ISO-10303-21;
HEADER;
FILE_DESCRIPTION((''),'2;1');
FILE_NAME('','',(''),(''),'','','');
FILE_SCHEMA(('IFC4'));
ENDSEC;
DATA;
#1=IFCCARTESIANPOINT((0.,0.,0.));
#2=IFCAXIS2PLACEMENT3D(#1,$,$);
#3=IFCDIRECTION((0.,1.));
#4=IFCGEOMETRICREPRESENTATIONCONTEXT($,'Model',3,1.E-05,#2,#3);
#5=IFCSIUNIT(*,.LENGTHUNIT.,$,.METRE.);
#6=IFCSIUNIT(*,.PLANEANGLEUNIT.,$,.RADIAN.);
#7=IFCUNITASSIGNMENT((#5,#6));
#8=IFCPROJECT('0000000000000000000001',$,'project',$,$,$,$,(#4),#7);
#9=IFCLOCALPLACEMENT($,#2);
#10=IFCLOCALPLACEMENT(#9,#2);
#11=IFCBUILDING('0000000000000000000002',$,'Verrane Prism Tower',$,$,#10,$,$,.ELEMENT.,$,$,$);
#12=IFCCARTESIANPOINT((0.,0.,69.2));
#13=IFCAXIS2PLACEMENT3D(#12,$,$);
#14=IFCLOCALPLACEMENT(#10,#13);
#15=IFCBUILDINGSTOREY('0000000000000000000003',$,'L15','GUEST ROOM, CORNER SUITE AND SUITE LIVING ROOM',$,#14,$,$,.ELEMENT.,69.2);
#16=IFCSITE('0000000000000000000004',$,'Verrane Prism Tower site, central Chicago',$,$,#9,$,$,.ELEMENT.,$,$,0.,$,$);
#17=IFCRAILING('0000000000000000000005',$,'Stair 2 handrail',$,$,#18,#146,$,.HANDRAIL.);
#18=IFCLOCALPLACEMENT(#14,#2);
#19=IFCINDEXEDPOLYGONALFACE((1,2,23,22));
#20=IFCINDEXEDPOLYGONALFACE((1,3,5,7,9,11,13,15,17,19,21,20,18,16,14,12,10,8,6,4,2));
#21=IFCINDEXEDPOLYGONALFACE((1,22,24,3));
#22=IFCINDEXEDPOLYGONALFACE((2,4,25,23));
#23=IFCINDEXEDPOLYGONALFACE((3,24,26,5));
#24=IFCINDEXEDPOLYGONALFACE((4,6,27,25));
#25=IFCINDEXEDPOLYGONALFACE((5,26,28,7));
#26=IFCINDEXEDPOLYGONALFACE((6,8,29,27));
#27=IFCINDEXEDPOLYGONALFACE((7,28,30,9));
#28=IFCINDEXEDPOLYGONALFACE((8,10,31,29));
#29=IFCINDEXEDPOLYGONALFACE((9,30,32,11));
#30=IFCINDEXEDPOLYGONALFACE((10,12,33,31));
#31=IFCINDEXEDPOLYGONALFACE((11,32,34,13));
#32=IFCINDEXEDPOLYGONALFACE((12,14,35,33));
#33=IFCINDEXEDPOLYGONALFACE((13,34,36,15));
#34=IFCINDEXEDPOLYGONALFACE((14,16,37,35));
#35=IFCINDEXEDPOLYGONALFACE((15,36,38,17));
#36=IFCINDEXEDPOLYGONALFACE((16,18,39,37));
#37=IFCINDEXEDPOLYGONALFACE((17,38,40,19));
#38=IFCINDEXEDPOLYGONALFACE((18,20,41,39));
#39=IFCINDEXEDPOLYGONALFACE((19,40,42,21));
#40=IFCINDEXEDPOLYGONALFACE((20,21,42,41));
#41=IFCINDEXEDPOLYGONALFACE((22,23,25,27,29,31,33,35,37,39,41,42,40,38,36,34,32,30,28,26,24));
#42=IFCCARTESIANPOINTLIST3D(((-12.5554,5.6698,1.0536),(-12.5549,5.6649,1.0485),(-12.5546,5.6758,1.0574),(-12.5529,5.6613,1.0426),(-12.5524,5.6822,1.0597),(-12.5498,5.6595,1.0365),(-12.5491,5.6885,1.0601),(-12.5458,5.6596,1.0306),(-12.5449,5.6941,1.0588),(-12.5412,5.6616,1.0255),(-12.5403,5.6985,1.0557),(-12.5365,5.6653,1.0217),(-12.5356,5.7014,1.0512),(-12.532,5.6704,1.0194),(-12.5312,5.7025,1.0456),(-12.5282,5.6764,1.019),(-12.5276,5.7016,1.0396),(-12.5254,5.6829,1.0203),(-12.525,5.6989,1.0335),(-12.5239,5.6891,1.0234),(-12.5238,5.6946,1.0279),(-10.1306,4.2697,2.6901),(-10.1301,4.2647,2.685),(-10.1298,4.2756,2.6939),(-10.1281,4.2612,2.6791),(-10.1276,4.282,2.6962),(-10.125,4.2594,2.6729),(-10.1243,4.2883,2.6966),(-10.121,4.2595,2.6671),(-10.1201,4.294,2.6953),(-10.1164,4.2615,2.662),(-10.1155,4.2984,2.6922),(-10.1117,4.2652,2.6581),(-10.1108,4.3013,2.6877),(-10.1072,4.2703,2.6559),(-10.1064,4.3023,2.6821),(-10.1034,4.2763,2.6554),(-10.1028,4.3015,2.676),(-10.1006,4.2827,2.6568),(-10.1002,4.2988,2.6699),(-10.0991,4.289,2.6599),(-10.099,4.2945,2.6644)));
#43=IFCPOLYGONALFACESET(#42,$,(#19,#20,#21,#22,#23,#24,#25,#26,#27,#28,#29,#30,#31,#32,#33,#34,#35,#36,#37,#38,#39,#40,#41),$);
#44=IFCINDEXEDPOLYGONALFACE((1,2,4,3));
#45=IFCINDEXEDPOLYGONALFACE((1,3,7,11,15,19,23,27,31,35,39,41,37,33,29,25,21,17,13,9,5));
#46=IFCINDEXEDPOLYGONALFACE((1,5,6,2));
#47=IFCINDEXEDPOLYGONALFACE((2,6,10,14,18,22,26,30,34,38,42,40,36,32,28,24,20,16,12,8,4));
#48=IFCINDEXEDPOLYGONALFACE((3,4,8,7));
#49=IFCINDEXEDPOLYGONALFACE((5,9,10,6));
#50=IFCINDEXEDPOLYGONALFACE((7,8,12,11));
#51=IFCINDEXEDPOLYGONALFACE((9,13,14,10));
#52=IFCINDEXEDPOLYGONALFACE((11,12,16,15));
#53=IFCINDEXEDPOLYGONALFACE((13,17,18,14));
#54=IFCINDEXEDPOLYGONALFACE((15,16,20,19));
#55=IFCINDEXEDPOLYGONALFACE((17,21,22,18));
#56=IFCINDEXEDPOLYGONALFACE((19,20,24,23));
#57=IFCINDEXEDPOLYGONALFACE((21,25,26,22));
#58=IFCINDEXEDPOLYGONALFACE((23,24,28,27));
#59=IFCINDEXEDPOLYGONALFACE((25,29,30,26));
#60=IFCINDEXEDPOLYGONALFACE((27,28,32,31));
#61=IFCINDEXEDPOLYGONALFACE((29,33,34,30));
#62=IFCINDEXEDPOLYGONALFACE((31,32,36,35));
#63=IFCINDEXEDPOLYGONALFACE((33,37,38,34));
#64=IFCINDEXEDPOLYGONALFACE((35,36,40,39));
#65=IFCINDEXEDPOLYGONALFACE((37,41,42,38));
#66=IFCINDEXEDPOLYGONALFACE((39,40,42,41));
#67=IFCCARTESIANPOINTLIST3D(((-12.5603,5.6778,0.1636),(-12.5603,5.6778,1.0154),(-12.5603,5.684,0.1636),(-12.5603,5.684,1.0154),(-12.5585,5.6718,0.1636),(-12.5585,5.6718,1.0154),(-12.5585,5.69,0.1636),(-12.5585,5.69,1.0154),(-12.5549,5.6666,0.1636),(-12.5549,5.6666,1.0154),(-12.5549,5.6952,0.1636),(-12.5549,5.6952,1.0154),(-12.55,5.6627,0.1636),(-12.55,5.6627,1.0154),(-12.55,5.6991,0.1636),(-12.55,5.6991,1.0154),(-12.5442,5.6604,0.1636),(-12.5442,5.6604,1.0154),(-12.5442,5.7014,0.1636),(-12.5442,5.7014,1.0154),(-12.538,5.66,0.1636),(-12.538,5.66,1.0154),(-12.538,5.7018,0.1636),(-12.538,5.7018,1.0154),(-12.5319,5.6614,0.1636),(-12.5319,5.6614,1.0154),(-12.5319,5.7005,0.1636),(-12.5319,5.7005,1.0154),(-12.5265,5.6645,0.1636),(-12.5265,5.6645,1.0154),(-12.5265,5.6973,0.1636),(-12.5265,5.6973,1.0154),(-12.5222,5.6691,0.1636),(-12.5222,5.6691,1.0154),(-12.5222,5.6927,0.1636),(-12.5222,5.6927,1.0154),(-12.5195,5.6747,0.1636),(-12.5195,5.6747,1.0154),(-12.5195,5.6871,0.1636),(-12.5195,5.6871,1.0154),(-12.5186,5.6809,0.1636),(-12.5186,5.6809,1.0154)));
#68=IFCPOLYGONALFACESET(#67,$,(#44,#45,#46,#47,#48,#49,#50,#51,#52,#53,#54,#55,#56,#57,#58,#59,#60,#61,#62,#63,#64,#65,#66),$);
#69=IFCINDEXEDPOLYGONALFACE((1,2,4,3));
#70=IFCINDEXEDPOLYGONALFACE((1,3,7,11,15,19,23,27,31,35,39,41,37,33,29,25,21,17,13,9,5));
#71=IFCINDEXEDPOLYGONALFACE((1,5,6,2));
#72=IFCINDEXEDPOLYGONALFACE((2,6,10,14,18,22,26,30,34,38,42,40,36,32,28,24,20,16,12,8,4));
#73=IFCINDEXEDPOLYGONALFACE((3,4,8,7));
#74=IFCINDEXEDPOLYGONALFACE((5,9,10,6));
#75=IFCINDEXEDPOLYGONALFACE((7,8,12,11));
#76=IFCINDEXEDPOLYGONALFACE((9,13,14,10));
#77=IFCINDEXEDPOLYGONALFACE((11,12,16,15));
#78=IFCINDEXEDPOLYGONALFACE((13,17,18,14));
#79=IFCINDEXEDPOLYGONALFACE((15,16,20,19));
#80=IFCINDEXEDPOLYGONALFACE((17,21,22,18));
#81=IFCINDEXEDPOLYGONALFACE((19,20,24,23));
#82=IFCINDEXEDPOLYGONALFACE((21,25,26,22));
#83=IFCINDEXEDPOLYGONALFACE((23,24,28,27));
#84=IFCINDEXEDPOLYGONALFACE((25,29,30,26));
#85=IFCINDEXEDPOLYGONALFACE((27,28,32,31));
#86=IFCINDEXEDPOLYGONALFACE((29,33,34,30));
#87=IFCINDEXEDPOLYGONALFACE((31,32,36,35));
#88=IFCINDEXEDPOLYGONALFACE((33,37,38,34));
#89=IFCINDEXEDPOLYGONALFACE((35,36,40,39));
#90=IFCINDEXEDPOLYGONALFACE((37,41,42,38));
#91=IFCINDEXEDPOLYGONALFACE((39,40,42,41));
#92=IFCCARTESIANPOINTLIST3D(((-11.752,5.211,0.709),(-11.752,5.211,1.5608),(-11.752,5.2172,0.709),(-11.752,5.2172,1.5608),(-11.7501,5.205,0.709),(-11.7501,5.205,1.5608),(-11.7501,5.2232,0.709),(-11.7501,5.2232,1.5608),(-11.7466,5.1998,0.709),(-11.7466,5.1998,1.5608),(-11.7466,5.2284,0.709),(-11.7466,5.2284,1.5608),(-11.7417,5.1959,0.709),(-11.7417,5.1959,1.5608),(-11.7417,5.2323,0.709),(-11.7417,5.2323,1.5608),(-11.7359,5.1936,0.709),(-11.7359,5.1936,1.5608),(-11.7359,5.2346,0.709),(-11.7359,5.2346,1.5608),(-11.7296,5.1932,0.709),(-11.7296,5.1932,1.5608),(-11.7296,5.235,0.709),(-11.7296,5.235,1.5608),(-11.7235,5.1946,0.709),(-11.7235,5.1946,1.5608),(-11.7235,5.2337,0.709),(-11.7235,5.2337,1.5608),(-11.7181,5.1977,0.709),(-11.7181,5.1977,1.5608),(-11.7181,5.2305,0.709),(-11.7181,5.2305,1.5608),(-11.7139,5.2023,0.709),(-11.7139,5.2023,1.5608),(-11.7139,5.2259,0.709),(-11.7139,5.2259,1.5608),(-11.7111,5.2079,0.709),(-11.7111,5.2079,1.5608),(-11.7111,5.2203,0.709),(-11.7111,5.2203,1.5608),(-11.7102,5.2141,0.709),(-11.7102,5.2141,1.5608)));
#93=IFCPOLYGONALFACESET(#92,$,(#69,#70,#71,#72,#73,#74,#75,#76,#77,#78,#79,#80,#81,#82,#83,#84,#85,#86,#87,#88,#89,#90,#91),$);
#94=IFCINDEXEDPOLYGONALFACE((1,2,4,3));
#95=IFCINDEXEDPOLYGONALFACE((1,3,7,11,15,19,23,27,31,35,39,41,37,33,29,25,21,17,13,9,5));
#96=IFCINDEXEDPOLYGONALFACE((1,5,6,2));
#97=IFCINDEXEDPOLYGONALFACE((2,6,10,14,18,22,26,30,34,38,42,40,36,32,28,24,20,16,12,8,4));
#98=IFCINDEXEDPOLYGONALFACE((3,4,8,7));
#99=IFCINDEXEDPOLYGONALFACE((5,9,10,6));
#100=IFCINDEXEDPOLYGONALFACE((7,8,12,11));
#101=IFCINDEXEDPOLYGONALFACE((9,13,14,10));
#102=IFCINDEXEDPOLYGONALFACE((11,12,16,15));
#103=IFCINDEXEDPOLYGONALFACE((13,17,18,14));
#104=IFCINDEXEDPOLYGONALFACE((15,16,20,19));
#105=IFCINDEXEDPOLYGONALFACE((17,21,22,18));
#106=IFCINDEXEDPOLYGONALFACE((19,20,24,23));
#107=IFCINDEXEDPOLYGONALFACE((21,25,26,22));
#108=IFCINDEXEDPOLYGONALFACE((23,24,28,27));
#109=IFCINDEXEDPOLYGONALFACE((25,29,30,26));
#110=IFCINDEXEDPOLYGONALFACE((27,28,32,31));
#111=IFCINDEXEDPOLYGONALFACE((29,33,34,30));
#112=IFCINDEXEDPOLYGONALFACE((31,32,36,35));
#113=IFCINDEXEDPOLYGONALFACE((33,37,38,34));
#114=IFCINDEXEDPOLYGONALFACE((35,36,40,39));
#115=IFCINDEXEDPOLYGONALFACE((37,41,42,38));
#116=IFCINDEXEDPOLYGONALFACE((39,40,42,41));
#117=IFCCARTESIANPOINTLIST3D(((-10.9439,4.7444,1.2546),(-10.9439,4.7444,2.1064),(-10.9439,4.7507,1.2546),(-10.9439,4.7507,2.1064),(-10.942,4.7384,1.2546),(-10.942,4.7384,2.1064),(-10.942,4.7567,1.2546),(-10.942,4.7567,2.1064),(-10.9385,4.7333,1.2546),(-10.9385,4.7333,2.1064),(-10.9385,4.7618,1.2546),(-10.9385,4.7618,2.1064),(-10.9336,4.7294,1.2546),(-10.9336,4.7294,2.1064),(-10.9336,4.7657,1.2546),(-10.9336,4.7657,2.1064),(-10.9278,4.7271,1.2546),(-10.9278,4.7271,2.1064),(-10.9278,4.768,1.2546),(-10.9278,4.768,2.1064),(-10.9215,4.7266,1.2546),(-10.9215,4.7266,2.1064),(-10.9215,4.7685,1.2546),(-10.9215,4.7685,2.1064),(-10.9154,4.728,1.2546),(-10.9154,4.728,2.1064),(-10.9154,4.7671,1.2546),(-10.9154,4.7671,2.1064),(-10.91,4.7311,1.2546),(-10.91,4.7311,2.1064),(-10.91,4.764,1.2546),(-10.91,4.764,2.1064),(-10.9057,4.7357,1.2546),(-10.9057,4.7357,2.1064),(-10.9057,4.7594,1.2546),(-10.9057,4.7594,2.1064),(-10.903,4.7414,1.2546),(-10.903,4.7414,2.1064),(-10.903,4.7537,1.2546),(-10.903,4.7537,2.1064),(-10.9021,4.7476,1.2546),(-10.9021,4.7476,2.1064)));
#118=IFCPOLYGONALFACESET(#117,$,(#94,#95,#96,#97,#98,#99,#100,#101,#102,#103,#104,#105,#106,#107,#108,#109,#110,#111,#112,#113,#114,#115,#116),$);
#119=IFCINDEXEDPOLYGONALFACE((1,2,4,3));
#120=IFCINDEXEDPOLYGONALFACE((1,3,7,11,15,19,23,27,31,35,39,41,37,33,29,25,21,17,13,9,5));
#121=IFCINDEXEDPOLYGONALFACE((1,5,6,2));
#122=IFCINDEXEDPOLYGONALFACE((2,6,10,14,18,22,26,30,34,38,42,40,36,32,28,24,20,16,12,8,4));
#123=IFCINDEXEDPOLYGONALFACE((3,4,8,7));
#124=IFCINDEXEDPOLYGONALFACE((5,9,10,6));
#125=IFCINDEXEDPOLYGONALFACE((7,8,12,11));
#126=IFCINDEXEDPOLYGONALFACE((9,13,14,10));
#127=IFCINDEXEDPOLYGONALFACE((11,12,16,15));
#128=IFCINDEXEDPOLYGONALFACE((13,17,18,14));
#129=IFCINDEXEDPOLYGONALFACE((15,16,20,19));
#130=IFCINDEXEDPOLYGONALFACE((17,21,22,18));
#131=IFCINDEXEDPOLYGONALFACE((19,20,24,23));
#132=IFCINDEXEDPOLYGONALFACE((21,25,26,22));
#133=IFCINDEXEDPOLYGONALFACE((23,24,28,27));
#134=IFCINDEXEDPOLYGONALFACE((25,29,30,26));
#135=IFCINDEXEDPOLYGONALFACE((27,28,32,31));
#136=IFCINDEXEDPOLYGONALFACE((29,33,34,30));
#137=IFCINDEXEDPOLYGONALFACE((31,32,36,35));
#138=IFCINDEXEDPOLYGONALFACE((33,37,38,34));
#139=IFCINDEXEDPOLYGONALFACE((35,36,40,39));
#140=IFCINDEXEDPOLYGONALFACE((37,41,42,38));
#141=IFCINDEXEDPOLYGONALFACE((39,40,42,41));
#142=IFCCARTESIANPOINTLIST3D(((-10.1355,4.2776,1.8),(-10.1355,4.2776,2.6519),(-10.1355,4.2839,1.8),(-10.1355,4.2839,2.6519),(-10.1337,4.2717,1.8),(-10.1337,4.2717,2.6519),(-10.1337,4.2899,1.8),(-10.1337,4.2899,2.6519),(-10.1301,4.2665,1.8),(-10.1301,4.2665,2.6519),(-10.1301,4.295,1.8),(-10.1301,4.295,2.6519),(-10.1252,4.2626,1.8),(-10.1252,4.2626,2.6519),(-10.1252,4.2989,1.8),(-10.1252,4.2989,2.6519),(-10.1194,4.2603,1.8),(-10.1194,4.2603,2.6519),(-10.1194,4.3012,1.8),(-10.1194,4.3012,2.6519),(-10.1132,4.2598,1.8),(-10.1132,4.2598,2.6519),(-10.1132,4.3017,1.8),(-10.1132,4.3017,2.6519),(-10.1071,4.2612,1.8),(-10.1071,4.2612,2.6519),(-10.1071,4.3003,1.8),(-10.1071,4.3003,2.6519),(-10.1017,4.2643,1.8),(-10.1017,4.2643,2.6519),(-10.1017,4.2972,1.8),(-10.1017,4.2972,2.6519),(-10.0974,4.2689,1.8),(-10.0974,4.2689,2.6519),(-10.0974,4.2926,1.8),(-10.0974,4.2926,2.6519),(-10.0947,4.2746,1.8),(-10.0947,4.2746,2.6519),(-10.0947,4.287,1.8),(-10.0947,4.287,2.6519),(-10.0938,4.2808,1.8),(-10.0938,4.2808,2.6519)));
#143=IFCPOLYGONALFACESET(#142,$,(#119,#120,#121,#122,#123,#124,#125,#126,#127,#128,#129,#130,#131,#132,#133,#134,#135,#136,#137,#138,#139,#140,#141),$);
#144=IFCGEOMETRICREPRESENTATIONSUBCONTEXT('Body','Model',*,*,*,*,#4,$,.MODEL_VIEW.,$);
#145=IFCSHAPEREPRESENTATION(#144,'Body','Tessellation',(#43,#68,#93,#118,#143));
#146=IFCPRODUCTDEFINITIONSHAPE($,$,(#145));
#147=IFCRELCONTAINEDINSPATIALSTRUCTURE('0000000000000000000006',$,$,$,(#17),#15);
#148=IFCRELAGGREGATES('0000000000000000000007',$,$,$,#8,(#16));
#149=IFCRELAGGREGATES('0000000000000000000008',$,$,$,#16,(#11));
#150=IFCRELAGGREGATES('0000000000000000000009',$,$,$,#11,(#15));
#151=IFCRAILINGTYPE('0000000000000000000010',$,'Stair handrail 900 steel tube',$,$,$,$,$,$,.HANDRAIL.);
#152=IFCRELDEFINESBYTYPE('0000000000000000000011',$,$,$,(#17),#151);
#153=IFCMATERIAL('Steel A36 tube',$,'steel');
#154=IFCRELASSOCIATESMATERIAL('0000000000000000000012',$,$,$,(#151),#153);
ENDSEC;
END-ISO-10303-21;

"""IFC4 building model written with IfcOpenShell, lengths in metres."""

from ifc_helpers import new_model, si_unit, direction, frame, origin, origin_2d, place, context, subcontext, project, spatial, circle, extrude, material, type_object, element, save


model = new_model("IFC4")

# Units and contexts
model_context = context("Model", 3, precision=1e-05, world=origin(), true_north=direction((0.0, 1.0)))
body_context = subcontext(model_context, "Body", "Model", "MODEL_VIEW")
ifc_project = project(units=[si_unit("LENGTHUNIT", "METRE"), si_unit("PLANEANGLEUNIT", "RADIAN")], contexts=[model_context])

# Site, building, storey
site_placement = place(None, origin())
site = spatial("IfcSite", under=ifc_project, at=site_placement, Name="Verrane Prism Tower site, central Chicago", CompositionType="ELEMENT", RefElevation=0.0)
building_placement = place(site_placement, origin())
building = spatial("IfcBuilding", under=site, at=building_placement, Name="Verrane Prism Tower", CompositionType="ELEMENT")
storey_placement = place(building_placement, frame((0.0, 0.0, 69.2)))
storey = spatial("IfcBuildingStorey", under=building, at=storey_placement, Name="L15", Description="GUEST ROOM, CORNER SUITE AND SUITE LIVING ROOM", CompositionType="ELEMENT", Elevation=69.2)

# Railing
ifc_material_1 = material(Name="Steel A36 tube", Category="steel")
railing_type_1 = type_object("IfcRailingType", Name="Stair handrail 900 steel tube", PredefinedType="HANDRAIL", material=ifc_material_1)
railing_1_placement = place(storey_placement, frame((-12.5396, 5.6809, 0.1636)))
element("IfcRailing", 1, at=railing_1_placement, inside=storey, type_object=railing_type_1, Name="Stair 2 handrail", PredefinedType="HANDRAIL", context=body_context, shape_type="SweptSolid", body=[
    extrude(circle(Radius=0.0239, at=origin_2d()), frame((0.0, 0.0, 0.876), z_axis=(0.747666, -0.431722, 0.504591), x_axis=(0.50005, 0.865997, 0.0)), (0.0, 0.0, 1.0), 3.2432),
    extrude(circle(Radius=0.021, at=origin_2d()), origin(), (0.0, 0.0, 1.0), 0.8518),
    extrude(circle(Radius=0.021, at=origin_2d()), frame((0.8083, -0.4668, 0.5454)), (0.0, 0.0, 1.0), 0.8518),
    extrude(circle(Radius=0.021, at=origin_2d()), frame((1.6165, -0.9333, 1.0911)), (0.0, 0.0, 1.0), 0.8518),
    extrude(circle(Radius=0.021, at=origin_2d()), frame((2.4248, -1.4001, 1.6365)), (0.0, 0.0, 1.0), 0.8518),
])

save(model, "model.ifc")
